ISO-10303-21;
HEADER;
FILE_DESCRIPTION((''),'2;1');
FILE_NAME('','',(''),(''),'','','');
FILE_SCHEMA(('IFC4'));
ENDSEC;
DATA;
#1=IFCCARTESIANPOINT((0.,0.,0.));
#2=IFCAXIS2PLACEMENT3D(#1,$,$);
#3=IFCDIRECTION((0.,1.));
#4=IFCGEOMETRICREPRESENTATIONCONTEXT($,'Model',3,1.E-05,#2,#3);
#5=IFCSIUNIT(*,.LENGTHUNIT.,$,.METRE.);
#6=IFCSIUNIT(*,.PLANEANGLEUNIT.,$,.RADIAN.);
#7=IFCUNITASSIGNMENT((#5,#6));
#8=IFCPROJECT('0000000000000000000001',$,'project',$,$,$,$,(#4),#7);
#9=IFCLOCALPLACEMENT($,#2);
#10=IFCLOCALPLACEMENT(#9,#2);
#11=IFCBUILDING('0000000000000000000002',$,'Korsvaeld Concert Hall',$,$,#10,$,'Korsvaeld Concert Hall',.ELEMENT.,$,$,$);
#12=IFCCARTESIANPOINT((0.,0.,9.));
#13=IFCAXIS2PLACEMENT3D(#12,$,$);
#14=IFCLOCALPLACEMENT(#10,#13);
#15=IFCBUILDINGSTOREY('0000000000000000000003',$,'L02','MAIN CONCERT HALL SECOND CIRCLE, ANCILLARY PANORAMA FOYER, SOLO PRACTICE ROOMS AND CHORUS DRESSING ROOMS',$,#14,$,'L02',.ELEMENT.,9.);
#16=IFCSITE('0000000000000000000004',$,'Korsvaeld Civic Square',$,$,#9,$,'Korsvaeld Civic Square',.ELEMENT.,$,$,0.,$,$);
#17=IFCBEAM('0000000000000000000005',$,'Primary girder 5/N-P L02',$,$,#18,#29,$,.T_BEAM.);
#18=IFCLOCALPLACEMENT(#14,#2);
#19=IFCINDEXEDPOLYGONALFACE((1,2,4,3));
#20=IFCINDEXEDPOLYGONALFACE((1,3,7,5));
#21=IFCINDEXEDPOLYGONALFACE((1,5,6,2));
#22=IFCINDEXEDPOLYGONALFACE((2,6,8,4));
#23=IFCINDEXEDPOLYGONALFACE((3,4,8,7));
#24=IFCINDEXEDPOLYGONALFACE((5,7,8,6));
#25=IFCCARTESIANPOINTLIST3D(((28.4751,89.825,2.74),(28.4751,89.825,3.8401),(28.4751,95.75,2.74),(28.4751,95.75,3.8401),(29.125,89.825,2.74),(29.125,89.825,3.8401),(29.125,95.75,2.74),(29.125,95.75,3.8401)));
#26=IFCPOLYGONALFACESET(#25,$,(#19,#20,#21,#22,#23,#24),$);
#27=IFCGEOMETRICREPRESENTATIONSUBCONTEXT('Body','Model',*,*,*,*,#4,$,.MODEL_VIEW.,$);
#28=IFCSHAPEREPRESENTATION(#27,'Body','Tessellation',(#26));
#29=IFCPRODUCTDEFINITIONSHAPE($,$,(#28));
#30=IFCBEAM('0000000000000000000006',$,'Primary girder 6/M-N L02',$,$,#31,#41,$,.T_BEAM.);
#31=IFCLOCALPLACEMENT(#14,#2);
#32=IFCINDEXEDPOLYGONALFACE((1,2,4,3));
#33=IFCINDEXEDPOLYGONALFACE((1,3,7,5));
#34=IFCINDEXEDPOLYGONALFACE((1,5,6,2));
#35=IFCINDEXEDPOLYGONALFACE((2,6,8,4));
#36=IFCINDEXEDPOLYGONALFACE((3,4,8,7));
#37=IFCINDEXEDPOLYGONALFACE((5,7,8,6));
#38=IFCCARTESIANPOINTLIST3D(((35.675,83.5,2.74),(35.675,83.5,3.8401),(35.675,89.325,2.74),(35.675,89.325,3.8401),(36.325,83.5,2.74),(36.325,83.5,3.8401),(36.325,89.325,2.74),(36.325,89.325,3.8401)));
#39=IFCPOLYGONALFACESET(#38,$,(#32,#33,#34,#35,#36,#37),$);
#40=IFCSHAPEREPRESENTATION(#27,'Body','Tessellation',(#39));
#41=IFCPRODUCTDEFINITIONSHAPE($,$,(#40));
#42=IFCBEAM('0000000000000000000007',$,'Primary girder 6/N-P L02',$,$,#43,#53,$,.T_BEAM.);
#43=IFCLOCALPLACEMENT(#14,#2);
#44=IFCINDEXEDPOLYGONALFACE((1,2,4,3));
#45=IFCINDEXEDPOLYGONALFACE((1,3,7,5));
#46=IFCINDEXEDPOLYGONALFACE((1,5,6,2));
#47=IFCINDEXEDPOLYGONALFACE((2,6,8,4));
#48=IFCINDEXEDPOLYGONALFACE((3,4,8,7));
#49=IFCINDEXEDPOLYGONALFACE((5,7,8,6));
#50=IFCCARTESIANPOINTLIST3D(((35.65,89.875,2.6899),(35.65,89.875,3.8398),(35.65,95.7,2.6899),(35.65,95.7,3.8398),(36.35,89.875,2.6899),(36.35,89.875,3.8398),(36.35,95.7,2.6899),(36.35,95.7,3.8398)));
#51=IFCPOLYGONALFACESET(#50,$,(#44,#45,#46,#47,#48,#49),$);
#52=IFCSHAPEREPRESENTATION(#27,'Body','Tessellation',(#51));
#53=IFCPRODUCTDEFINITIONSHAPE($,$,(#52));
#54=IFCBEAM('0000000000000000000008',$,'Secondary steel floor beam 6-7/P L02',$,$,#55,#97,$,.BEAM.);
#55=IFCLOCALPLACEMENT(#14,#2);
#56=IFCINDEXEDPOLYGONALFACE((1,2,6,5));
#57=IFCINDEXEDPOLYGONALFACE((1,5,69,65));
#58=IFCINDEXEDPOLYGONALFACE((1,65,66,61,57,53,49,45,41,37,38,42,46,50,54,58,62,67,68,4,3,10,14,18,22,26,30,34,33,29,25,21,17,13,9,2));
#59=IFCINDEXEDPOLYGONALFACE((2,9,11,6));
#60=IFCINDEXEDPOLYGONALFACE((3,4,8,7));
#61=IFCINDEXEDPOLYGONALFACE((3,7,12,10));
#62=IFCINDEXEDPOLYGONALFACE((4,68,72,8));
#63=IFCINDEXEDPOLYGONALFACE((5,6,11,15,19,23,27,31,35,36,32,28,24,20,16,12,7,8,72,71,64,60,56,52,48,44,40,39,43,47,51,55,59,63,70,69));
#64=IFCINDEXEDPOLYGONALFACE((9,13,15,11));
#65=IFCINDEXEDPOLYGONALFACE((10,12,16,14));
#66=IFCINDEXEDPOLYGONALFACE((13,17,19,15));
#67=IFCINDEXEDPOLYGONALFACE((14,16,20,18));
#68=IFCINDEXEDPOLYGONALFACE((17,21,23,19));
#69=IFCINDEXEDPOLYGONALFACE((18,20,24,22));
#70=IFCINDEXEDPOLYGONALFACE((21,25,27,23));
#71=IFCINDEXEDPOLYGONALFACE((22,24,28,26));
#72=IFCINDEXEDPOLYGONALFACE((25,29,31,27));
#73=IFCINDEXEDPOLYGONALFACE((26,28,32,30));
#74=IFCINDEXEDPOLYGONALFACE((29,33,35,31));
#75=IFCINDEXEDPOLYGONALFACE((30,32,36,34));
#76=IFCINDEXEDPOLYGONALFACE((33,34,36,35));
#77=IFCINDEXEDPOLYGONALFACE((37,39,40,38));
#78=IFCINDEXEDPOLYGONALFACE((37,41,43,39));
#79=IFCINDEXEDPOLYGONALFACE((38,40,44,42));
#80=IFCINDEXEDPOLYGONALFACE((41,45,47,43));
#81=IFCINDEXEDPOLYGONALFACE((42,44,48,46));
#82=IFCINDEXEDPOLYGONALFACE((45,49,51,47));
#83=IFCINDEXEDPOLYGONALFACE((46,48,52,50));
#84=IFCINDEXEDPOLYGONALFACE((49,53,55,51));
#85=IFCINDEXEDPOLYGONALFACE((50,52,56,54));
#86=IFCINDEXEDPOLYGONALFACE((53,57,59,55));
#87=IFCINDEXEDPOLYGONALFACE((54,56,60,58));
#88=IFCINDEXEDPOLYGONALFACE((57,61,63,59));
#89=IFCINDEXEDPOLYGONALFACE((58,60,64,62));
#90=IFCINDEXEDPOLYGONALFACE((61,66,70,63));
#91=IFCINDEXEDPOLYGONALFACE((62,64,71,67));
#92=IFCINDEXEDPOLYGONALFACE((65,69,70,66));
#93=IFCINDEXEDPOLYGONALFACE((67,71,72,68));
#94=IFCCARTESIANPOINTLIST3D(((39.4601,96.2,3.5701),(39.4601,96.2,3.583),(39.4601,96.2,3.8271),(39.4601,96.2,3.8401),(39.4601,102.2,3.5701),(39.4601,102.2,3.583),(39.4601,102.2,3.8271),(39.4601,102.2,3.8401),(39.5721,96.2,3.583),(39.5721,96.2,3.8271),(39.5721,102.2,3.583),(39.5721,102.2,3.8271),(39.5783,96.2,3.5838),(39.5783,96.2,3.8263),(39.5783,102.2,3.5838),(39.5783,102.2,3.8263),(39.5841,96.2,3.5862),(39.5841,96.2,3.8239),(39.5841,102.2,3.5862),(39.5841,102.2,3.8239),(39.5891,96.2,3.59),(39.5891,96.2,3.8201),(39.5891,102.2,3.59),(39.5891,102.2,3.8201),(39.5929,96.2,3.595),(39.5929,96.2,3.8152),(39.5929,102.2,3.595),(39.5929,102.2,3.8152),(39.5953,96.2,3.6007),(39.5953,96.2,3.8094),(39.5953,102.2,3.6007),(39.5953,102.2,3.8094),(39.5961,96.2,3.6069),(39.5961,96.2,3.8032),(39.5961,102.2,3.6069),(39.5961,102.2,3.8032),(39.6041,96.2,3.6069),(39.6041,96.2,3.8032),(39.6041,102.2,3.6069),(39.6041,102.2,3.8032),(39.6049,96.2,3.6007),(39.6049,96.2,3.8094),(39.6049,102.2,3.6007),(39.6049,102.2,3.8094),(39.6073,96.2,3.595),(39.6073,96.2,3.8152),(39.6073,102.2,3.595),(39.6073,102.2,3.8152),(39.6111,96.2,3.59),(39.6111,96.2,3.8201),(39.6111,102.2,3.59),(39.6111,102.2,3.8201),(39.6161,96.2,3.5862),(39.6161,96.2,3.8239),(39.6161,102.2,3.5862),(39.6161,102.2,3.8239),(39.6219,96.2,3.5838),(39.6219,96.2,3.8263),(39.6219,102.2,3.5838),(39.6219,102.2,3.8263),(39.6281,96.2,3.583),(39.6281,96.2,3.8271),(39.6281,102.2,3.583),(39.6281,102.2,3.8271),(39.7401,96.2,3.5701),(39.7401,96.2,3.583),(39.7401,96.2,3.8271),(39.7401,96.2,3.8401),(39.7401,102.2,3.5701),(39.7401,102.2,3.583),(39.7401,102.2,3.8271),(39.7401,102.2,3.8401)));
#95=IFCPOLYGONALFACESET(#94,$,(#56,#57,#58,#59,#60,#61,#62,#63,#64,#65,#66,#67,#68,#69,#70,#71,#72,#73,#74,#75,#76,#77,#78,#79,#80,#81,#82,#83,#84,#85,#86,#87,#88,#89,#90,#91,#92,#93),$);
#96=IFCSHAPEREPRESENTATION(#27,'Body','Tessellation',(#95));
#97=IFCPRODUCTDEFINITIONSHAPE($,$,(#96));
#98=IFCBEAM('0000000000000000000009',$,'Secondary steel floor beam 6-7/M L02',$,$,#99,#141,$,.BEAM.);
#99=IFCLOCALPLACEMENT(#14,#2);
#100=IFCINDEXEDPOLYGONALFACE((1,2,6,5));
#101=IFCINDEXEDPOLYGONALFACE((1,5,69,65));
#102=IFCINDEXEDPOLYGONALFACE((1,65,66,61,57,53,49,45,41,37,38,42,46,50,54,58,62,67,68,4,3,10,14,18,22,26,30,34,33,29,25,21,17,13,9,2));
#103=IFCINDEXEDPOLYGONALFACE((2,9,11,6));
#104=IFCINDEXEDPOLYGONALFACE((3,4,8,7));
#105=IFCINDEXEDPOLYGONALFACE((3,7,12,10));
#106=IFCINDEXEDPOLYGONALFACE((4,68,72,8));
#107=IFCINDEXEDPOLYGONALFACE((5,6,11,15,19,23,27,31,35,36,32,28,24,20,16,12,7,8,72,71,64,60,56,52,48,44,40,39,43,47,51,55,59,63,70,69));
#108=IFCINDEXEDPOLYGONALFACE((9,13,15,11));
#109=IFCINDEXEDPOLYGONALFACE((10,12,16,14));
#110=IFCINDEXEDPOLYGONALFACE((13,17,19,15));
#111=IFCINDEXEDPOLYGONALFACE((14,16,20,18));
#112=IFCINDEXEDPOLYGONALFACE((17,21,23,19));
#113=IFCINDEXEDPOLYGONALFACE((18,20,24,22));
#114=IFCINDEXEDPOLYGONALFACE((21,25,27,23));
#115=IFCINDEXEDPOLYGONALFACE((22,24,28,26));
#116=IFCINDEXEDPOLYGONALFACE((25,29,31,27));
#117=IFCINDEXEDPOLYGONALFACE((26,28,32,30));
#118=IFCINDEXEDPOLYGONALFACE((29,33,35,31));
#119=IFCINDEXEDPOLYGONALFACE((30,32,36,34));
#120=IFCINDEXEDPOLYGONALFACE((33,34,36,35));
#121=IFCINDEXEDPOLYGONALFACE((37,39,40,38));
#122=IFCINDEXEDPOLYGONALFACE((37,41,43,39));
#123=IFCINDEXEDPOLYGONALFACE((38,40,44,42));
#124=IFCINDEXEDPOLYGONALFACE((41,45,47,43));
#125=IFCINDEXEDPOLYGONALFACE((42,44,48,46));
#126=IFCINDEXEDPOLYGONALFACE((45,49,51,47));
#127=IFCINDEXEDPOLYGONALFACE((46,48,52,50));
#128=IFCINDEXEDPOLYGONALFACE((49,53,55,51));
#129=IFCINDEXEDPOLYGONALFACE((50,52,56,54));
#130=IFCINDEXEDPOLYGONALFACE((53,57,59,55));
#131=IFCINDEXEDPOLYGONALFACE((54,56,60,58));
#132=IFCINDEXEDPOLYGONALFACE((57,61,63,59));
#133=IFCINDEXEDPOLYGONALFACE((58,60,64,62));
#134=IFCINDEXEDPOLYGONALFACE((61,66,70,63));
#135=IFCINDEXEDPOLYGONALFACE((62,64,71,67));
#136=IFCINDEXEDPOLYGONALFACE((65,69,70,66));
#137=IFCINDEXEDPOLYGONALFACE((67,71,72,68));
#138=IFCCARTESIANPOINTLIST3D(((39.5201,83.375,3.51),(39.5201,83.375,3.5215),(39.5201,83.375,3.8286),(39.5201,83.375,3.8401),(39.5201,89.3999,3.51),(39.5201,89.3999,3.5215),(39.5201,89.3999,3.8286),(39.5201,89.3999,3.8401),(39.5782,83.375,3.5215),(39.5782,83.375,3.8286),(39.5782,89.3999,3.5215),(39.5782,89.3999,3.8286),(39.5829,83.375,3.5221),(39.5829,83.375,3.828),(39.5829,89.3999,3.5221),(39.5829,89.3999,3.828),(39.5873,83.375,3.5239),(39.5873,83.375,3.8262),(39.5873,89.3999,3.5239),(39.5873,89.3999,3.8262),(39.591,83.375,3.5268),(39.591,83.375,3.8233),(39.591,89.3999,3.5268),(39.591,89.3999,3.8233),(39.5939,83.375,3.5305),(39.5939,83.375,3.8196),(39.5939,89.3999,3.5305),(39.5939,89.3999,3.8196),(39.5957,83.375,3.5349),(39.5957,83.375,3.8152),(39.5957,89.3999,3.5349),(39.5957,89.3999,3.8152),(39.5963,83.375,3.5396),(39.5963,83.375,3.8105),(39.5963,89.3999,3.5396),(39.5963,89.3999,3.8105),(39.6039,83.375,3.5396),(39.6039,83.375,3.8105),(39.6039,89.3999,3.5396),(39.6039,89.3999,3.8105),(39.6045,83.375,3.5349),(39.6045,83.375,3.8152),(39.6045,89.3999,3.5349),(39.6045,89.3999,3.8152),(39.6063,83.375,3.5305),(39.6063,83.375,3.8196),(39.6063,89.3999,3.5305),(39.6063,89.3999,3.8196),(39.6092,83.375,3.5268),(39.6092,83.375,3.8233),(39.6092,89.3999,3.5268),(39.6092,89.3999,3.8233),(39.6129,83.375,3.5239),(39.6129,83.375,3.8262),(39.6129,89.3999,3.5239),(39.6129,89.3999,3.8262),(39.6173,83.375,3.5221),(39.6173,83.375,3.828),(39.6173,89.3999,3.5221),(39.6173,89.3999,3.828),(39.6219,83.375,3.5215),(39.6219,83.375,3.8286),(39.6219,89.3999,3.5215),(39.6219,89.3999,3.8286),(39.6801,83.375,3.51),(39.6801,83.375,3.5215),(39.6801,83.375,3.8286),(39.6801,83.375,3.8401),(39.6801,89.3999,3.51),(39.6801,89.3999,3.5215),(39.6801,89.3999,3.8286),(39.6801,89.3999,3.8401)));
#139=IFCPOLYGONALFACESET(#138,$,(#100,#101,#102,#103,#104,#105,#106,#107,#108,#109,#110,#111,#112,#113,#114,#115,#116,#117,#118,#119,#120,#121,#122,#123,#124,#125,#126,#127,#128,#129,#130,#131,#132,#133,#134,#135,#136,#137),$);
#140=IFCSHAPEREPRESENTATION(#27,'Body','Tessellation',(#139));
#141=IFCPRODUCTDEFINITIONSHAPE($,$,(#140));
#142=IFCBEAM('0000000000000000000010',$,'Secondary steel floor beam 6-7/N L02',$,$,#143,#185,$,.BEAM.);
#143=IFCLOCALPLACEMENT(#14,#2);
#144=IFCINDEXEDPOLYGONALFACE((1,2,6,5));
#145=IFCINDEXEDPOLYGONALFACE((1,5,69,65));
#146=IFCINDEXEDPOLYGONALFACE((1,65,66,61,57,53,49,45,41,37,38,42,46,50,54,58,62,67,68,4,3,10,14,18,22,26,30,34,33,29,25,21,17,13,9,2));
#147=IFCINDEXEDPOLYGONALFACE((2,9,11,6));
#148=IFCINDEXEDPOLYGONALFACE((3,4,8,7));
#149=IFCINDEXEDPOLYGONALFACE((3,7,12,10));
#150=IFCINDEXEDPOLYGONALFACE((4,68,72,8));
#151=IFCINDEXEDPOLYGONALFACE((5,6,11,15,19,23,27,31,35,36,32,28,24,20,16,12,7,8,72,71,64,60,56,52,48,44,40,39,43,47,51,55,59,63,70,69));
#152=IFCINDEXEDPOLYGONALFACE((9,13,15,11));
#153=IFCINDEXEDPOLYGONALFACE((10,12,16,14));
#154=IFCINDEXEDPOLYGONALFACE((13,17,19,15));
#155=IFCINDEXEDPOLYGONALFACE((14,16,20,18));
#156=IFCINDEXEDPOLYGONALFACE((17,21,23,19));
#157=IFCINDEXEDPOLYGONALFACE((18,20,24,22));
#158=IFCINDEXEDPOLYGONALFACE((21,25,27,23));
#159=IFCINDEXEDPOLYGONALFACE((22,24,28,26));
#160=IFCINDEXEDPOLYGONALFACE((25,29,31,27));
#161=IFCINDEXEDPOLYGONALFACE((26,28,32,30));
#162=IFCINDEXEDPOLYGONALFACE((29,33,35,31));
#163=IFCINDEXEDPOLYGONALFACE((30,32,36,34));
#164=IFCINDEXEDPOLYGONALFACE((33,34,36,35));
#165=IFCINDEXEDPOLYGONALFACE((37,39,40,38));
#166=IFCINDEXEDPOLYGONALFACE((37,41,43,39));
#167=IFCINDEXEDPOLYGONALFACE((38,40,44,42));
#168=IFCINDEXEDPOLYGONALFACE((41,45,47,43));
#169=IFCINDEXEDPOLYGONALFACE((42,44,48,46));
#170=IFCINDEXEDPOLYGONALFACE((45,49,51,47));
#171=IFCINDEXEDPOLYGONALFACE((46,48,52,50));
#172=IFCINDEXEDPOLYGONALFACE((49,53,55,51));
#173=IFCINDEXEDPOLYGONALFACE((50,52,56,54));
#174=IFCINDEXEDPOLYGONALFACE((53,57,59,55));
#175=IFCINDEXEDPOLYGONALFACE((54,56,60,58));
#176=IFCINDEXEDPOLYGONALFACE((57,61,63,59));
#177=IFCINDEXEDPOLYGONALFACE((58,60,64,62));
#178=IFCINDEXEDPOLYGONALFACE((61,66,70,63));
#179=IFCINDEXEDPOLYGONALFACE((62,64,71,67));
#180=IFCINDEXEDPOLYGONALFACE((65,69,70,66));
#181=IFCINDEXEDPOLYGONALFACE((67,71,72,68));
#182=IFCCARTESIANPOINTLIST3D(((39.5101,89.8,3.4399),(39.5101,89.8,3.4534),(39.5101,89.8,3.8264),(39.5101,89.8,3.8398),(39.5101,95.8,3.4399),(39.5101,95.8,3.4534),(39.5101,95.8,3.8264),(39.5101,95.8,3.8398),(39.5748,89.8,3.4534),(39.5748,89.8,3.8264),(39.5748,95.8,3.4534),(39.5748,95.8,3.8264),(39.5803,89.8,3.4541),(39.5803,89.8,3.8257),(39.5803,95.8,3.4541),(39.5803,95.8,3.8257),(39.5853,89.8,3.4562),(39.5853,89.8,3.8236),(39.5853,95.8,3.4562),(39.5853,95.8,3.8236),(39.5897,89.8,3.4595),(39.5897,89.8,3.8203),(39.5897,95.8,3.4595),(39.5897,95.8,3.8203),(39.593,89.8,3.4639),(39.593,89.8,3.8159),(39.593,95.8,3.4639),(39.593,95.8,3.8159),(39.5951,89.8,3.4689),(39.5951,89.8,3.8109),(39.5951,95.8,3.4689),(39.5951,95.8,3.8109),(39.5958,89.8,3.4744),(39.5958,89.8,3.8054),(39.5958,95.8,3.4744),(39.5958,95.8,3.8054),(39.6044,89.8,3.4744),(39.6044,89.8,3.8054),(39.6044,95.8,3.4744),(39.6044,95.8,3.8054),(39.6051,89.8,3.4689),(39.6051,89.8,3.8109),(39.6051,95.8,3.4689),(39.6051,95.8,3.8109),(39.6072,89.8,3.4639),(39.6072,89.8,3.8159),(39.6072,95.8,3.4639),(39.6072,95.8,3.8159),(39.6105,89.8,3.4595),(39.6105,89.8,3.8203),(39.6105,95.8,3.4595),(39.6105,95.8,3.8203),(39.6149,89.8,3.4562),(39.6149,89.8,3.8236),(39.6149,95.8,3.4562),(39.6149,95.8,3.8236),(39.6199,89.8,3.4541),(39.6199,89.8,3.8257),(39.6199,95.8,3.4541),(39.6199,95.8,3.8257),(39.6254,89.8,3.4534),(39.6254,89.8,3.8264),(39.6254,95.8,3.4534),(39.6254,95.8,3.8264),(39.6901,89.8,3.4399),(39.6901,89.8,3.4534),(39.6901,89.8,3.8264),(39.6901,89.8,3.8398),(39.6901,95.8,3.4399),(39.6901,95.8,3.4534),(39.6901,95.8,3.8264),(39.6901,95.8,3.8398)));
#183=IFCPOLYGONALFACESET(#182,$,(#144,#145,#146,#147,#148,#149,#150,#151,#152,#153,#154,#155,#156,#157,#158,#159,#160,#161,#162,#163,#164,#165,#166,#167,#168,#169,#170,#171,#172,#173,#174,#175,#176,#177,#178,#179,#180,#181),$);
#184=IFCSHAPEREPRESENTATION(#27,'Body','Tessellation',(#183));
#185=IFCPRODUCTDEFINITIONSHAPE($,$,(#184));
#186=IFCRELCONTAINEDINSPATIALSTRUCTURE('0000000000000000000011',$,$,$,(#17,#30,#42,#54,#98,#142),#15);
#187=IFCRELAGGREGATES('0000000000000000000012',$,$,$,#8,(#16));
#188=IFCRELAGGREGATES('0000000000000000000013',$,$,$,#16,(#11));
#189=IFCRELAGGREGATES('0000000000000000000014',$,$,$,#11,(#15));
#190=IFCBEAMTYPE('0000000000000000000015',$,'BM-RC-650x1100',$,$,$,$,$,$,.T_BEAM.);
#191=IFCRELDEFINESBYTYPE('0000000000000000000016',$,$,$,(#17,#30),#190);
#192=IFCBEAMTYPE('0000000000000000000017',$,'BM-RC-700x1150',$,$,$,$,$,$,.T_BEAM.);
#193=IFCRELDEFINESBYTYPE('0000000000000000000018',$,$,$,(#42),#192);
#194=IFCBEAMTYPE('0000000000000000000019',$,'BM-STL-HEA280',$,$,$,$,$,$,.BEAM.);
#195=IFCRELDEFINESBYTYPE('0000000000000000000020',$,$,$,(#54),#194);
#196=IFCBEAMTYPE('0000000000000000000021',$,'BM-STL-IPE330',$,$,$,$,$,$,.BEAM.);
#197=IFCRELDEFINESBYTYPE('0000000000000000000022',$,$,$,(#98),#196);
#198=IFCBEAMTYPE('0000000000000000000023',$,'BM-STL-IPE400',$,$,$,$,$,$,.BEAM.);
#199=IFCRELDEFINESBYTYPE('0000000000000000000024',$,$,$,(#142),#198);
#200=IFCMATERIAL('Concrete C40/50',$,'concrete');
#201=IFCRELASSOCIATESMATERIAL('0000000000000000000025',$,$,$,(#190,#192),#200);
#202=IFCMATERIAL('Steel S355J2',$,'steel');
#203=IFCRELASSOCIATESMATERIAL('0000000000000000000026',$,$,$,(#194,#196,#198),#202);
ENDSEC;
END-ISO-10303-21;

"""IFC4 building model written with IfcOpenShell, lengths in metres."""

from ifc_helpers import new_model, si_unit, direction, frame, origin, origin_2d, place, context, subcontext, project, spatial, rectangle, i_section, extrude, material, material_profile, profile_set, type_object, element, save


model = new_model("IFC4")

# Units and contexts
model_context = context("Model", 3, precision=1e-05, world=origin(), true_north=direction((0.0, 1.0)))
body_context = subcontext(model_context, "Body", "Model", "MODEL_VIEW")
ifc_project = project(units=[si_unit("LENGTHUNIT", "METRE"), si_unit("PLANEANGLEUNIT", "RADIAN")], contexts=[model_context])

# Site, building, storey
site_placement = place(None, origin())
site = spatial("IfcSite", under=ifc_project, at=site_placement, Name="Korsvaeld Civic Square", LongName="Korsvaeld Civic Square", CompositionType="ELEMENT", RefElevation=0.0)
building_placement = place(site_placement, origin())
building = spatial("IfcBuilding", under=site, at=building_placement, Name="Korsvaeld Concert Hall", LongName="Korsvaeld Concert Hall", CompositionType="ELEMENT")
storey_placement = place(building_placement, frame((0.0, 0.0, 9.0)))
storey = spatial("IfcBuildingStorey", under=building, at=storey_placement, Name="L02", Description="MAIN CONCERT HALL SECOND CIRCLE, ANCILLARY PANORAMA FOYER, SOLO PRACTICE ROOMS AND CHORUS DRESSING ROOMS", LongName="L02", CompositionType="ELEMENT", Elevation=9.0)

# Shared definitions
ifc_material_1 = material(Name="Concrete C40/50", Category="concrete")

# Beams
ifc_material_profile_1 = material_profile(ifc_material_1, rectangle(XDim=0.6499, YDim=1.1001, at=origin_2d()), Name="RC 650x1100")
ifc_profile_set_1 = profile_set([ifc_material_profile_1], Name="Concrete C40/50")
beam_type_1 = type_object("IfcBeamType", Name="BM-RC-650x1100", PredefinedType="T_BEAM", material=ifc_profile_set_1)
beam_1_placement = place(storey_placement, frame((28.8, 89.825, 3.29), z_axis=(0.0, 1.0, 0.0), x_axis=(-1.0, 0.0, 0.0)))
element("IfcBeam", 1, at=beam_1_placement, inside=storey, type_object=beam_type_1, Name="Primary girder 5/N-P L02", PredefinedType="T_BEAM", context=body_context, shape_type="SweptSolid", body=[
    extrude(rectangle(XDim=0.6499, YDim=1.1001, at=origin_2d()), origin(), (0.0, 0.0, 1.0), 5.925),
])
beam_2_placement = place(storey_placement, frame((36.0, 83.5, 3.29), z_axis=(0.0, 1.0, 0.0), x_axis=(-1.0, 0.0, 0.0)))
element("IfcBeam", 2, at=beam_2_placement, inside=storey, type_object=beam_type_1, Name="Primary girder 6/M-N L02", PredefinedType="T_BEAM", context=body_context, shape_type="SweptSolid", body=[
    extrude(rectangle(XDim=0.6499, YDim=1.1001, at=origin_2d()), origin(), (0.0, 0.0, 1.0), 5.825),
])
ifc_material_profile_2 = material_profile(ifc_material_1, rectangle(XDim=0.7, YDim=1.1499, at=origin_2d()), Name="RC 700x1150")
ifc_profile_set_2 = profile_set([ifc_material_profile_2], Name="Concrete C40/50")
beam_type_2 = type_object("IfcBeamType", Name="BM-RC-700x1150", PredefinedType="T_BEAM", material=ifc_profile_set_2)
beam_3_placement = place(storey_placement, frame((36.0, 89.875, 3.2649), z_axis=(0.0, 1.0, 0.0), x_axis=(-1.0, 0.0, 0.0)))
element("IfcBeam", 3, at=beam_3_placement, inside=storey, type_object=beam_type_2, Name="Primary girder 6/N-P L02", PredefinedType="T_BEAM", context=body_context, shape_type="SweptSolid", body=[
    extrude(rectangle(XDim=0.7, YDim=1.1499, at=origin_2d()), origin(), (0.0, 0.0, 1.0), 5.825),
])
ifc_material_2 = material(Name="Steel S355J2", Category="steel")
ifc_material_profile_3 = material_profile(ifc_material_2, i_section(OverallWidth=0.28, OverallDepth=0.27, WebThickness=0.0081, FlangeThickness=0.0129, FilletRadius=0.0239, at=origin_2d()), Name="HEA 280")
ifc_profile_set_3 = profile_set([ifc_material_profile_3], Name="Steel S355J2")
beam_type_3 = type_object("IfcBeamType", Name="BM-STL-HEA280", PredefinedType="BEAM", material=ifc_profile_set_3)
beam_4_placement = place(storey_placement, frame((39.6001, 96.2, 3.7051), z_axis=(0.0, 1.0, 0.0), x_axis=(-1.0, 0.0, 0.0)))
element("IfcBeam", 4, at=beam_4_placement, inside=storey, type_object=beam_type_3, Name="Secondary steel floor beam 6-7/P L02", PredefinedType="BEAM", context=body_context, shape_type="SweptSolid", body=[
    extrude(i_section(OverallWidth=0.28, OverallDepth=0.27, WebThickness=0.0081, FlangeThickness=0.0129, FilletRadius=0.0239, at=origin_2d()), origin(), (0.0, 0.0, 1.0), 6.0),
])
ifc_material_profile_4 = material_profile(ifc_material_2, i_section(OverallWidth=0.1599, OverallDepth=0.3301, WebThickness=0.0076, FlangeThickness=0.0115, FilletRadius=0.0181, at=origin_2d()), Name="IPE 330")
ifc_profile_set_4 = profile_set([ifc_material_profile_4], Name="Steel S355J2")
beam_type_4 = type_object("IfcBeamType", Name="BM-STL-IPE330", PredefinedType="BEAM", material=ifc_profile_set_4)
beam_5_placement = place(storey_placement, frame((39.6001, 83.375, 3.675), z_axis=(0.0, 1.0, 0.0), x_axis=(-1.0, 0.0, 0.0)))
element("IfcBeam", 5, at=beam_5_placement, inside=storey, type_object=beam_type_4, Name="Secondary steel floor beam 6-7/M L02", PredefinedType="BEAM", context=body_context, shape_type="SweptSolid", body=[
    extrude(i_section(OverallWidth=0.1599, OverallDepth=0.3301, WebThickness=0.0076, FlangeThickness=0.0115, FilletRadius=0.0181, at=origin_2d()), origin(), (0.0, 0.0, 1.0), 6.0249),
])
ifc_material_profile_5 = material_profile(ifc_material_2, i_section(OverallWidth=0.1799, OverallDepth=0.3999, WebThickness=0.0085, FlangeThickness=0.0134, FilletRadius=0.021, at=origin_2d()), Name="IPE 400")
ifc_profile_set_5 = profile_set([ifc_material_profile_5], Name="Steel S355J2")
beam_type_5 = type_object("IfcBeamType", Name="BM-STL-IPE400", PredefinedType="BEAM", material=ifc_profile_set_5)
beam_6_placement = place(storey_placement, frame((39.6001, 89.8, 3.6399), z_axis=(0.0, 1.0, 0.0), x_axis=(-1.0, 0.0, 0.0)))
element("IfcBeam", 6, at=beam_6_placement, inside=storey, type_object=beam_type_5, Name="Secondary steel floor beam 6-7/N L02", PredefinedType="BEAM", context=body_context, shape_type="SweptSolid", body=[
    extrude(i_section(OverallWidth=0.1799, OverallDepth=0.3999, WebThickness=0.0085, FlangeThickness=0.0134, FilletRadius=0.021, at=origin_2d()), origin(), (0.0, 0.0, 1.0), 6.0),
])

save(model, "model.ifc")
